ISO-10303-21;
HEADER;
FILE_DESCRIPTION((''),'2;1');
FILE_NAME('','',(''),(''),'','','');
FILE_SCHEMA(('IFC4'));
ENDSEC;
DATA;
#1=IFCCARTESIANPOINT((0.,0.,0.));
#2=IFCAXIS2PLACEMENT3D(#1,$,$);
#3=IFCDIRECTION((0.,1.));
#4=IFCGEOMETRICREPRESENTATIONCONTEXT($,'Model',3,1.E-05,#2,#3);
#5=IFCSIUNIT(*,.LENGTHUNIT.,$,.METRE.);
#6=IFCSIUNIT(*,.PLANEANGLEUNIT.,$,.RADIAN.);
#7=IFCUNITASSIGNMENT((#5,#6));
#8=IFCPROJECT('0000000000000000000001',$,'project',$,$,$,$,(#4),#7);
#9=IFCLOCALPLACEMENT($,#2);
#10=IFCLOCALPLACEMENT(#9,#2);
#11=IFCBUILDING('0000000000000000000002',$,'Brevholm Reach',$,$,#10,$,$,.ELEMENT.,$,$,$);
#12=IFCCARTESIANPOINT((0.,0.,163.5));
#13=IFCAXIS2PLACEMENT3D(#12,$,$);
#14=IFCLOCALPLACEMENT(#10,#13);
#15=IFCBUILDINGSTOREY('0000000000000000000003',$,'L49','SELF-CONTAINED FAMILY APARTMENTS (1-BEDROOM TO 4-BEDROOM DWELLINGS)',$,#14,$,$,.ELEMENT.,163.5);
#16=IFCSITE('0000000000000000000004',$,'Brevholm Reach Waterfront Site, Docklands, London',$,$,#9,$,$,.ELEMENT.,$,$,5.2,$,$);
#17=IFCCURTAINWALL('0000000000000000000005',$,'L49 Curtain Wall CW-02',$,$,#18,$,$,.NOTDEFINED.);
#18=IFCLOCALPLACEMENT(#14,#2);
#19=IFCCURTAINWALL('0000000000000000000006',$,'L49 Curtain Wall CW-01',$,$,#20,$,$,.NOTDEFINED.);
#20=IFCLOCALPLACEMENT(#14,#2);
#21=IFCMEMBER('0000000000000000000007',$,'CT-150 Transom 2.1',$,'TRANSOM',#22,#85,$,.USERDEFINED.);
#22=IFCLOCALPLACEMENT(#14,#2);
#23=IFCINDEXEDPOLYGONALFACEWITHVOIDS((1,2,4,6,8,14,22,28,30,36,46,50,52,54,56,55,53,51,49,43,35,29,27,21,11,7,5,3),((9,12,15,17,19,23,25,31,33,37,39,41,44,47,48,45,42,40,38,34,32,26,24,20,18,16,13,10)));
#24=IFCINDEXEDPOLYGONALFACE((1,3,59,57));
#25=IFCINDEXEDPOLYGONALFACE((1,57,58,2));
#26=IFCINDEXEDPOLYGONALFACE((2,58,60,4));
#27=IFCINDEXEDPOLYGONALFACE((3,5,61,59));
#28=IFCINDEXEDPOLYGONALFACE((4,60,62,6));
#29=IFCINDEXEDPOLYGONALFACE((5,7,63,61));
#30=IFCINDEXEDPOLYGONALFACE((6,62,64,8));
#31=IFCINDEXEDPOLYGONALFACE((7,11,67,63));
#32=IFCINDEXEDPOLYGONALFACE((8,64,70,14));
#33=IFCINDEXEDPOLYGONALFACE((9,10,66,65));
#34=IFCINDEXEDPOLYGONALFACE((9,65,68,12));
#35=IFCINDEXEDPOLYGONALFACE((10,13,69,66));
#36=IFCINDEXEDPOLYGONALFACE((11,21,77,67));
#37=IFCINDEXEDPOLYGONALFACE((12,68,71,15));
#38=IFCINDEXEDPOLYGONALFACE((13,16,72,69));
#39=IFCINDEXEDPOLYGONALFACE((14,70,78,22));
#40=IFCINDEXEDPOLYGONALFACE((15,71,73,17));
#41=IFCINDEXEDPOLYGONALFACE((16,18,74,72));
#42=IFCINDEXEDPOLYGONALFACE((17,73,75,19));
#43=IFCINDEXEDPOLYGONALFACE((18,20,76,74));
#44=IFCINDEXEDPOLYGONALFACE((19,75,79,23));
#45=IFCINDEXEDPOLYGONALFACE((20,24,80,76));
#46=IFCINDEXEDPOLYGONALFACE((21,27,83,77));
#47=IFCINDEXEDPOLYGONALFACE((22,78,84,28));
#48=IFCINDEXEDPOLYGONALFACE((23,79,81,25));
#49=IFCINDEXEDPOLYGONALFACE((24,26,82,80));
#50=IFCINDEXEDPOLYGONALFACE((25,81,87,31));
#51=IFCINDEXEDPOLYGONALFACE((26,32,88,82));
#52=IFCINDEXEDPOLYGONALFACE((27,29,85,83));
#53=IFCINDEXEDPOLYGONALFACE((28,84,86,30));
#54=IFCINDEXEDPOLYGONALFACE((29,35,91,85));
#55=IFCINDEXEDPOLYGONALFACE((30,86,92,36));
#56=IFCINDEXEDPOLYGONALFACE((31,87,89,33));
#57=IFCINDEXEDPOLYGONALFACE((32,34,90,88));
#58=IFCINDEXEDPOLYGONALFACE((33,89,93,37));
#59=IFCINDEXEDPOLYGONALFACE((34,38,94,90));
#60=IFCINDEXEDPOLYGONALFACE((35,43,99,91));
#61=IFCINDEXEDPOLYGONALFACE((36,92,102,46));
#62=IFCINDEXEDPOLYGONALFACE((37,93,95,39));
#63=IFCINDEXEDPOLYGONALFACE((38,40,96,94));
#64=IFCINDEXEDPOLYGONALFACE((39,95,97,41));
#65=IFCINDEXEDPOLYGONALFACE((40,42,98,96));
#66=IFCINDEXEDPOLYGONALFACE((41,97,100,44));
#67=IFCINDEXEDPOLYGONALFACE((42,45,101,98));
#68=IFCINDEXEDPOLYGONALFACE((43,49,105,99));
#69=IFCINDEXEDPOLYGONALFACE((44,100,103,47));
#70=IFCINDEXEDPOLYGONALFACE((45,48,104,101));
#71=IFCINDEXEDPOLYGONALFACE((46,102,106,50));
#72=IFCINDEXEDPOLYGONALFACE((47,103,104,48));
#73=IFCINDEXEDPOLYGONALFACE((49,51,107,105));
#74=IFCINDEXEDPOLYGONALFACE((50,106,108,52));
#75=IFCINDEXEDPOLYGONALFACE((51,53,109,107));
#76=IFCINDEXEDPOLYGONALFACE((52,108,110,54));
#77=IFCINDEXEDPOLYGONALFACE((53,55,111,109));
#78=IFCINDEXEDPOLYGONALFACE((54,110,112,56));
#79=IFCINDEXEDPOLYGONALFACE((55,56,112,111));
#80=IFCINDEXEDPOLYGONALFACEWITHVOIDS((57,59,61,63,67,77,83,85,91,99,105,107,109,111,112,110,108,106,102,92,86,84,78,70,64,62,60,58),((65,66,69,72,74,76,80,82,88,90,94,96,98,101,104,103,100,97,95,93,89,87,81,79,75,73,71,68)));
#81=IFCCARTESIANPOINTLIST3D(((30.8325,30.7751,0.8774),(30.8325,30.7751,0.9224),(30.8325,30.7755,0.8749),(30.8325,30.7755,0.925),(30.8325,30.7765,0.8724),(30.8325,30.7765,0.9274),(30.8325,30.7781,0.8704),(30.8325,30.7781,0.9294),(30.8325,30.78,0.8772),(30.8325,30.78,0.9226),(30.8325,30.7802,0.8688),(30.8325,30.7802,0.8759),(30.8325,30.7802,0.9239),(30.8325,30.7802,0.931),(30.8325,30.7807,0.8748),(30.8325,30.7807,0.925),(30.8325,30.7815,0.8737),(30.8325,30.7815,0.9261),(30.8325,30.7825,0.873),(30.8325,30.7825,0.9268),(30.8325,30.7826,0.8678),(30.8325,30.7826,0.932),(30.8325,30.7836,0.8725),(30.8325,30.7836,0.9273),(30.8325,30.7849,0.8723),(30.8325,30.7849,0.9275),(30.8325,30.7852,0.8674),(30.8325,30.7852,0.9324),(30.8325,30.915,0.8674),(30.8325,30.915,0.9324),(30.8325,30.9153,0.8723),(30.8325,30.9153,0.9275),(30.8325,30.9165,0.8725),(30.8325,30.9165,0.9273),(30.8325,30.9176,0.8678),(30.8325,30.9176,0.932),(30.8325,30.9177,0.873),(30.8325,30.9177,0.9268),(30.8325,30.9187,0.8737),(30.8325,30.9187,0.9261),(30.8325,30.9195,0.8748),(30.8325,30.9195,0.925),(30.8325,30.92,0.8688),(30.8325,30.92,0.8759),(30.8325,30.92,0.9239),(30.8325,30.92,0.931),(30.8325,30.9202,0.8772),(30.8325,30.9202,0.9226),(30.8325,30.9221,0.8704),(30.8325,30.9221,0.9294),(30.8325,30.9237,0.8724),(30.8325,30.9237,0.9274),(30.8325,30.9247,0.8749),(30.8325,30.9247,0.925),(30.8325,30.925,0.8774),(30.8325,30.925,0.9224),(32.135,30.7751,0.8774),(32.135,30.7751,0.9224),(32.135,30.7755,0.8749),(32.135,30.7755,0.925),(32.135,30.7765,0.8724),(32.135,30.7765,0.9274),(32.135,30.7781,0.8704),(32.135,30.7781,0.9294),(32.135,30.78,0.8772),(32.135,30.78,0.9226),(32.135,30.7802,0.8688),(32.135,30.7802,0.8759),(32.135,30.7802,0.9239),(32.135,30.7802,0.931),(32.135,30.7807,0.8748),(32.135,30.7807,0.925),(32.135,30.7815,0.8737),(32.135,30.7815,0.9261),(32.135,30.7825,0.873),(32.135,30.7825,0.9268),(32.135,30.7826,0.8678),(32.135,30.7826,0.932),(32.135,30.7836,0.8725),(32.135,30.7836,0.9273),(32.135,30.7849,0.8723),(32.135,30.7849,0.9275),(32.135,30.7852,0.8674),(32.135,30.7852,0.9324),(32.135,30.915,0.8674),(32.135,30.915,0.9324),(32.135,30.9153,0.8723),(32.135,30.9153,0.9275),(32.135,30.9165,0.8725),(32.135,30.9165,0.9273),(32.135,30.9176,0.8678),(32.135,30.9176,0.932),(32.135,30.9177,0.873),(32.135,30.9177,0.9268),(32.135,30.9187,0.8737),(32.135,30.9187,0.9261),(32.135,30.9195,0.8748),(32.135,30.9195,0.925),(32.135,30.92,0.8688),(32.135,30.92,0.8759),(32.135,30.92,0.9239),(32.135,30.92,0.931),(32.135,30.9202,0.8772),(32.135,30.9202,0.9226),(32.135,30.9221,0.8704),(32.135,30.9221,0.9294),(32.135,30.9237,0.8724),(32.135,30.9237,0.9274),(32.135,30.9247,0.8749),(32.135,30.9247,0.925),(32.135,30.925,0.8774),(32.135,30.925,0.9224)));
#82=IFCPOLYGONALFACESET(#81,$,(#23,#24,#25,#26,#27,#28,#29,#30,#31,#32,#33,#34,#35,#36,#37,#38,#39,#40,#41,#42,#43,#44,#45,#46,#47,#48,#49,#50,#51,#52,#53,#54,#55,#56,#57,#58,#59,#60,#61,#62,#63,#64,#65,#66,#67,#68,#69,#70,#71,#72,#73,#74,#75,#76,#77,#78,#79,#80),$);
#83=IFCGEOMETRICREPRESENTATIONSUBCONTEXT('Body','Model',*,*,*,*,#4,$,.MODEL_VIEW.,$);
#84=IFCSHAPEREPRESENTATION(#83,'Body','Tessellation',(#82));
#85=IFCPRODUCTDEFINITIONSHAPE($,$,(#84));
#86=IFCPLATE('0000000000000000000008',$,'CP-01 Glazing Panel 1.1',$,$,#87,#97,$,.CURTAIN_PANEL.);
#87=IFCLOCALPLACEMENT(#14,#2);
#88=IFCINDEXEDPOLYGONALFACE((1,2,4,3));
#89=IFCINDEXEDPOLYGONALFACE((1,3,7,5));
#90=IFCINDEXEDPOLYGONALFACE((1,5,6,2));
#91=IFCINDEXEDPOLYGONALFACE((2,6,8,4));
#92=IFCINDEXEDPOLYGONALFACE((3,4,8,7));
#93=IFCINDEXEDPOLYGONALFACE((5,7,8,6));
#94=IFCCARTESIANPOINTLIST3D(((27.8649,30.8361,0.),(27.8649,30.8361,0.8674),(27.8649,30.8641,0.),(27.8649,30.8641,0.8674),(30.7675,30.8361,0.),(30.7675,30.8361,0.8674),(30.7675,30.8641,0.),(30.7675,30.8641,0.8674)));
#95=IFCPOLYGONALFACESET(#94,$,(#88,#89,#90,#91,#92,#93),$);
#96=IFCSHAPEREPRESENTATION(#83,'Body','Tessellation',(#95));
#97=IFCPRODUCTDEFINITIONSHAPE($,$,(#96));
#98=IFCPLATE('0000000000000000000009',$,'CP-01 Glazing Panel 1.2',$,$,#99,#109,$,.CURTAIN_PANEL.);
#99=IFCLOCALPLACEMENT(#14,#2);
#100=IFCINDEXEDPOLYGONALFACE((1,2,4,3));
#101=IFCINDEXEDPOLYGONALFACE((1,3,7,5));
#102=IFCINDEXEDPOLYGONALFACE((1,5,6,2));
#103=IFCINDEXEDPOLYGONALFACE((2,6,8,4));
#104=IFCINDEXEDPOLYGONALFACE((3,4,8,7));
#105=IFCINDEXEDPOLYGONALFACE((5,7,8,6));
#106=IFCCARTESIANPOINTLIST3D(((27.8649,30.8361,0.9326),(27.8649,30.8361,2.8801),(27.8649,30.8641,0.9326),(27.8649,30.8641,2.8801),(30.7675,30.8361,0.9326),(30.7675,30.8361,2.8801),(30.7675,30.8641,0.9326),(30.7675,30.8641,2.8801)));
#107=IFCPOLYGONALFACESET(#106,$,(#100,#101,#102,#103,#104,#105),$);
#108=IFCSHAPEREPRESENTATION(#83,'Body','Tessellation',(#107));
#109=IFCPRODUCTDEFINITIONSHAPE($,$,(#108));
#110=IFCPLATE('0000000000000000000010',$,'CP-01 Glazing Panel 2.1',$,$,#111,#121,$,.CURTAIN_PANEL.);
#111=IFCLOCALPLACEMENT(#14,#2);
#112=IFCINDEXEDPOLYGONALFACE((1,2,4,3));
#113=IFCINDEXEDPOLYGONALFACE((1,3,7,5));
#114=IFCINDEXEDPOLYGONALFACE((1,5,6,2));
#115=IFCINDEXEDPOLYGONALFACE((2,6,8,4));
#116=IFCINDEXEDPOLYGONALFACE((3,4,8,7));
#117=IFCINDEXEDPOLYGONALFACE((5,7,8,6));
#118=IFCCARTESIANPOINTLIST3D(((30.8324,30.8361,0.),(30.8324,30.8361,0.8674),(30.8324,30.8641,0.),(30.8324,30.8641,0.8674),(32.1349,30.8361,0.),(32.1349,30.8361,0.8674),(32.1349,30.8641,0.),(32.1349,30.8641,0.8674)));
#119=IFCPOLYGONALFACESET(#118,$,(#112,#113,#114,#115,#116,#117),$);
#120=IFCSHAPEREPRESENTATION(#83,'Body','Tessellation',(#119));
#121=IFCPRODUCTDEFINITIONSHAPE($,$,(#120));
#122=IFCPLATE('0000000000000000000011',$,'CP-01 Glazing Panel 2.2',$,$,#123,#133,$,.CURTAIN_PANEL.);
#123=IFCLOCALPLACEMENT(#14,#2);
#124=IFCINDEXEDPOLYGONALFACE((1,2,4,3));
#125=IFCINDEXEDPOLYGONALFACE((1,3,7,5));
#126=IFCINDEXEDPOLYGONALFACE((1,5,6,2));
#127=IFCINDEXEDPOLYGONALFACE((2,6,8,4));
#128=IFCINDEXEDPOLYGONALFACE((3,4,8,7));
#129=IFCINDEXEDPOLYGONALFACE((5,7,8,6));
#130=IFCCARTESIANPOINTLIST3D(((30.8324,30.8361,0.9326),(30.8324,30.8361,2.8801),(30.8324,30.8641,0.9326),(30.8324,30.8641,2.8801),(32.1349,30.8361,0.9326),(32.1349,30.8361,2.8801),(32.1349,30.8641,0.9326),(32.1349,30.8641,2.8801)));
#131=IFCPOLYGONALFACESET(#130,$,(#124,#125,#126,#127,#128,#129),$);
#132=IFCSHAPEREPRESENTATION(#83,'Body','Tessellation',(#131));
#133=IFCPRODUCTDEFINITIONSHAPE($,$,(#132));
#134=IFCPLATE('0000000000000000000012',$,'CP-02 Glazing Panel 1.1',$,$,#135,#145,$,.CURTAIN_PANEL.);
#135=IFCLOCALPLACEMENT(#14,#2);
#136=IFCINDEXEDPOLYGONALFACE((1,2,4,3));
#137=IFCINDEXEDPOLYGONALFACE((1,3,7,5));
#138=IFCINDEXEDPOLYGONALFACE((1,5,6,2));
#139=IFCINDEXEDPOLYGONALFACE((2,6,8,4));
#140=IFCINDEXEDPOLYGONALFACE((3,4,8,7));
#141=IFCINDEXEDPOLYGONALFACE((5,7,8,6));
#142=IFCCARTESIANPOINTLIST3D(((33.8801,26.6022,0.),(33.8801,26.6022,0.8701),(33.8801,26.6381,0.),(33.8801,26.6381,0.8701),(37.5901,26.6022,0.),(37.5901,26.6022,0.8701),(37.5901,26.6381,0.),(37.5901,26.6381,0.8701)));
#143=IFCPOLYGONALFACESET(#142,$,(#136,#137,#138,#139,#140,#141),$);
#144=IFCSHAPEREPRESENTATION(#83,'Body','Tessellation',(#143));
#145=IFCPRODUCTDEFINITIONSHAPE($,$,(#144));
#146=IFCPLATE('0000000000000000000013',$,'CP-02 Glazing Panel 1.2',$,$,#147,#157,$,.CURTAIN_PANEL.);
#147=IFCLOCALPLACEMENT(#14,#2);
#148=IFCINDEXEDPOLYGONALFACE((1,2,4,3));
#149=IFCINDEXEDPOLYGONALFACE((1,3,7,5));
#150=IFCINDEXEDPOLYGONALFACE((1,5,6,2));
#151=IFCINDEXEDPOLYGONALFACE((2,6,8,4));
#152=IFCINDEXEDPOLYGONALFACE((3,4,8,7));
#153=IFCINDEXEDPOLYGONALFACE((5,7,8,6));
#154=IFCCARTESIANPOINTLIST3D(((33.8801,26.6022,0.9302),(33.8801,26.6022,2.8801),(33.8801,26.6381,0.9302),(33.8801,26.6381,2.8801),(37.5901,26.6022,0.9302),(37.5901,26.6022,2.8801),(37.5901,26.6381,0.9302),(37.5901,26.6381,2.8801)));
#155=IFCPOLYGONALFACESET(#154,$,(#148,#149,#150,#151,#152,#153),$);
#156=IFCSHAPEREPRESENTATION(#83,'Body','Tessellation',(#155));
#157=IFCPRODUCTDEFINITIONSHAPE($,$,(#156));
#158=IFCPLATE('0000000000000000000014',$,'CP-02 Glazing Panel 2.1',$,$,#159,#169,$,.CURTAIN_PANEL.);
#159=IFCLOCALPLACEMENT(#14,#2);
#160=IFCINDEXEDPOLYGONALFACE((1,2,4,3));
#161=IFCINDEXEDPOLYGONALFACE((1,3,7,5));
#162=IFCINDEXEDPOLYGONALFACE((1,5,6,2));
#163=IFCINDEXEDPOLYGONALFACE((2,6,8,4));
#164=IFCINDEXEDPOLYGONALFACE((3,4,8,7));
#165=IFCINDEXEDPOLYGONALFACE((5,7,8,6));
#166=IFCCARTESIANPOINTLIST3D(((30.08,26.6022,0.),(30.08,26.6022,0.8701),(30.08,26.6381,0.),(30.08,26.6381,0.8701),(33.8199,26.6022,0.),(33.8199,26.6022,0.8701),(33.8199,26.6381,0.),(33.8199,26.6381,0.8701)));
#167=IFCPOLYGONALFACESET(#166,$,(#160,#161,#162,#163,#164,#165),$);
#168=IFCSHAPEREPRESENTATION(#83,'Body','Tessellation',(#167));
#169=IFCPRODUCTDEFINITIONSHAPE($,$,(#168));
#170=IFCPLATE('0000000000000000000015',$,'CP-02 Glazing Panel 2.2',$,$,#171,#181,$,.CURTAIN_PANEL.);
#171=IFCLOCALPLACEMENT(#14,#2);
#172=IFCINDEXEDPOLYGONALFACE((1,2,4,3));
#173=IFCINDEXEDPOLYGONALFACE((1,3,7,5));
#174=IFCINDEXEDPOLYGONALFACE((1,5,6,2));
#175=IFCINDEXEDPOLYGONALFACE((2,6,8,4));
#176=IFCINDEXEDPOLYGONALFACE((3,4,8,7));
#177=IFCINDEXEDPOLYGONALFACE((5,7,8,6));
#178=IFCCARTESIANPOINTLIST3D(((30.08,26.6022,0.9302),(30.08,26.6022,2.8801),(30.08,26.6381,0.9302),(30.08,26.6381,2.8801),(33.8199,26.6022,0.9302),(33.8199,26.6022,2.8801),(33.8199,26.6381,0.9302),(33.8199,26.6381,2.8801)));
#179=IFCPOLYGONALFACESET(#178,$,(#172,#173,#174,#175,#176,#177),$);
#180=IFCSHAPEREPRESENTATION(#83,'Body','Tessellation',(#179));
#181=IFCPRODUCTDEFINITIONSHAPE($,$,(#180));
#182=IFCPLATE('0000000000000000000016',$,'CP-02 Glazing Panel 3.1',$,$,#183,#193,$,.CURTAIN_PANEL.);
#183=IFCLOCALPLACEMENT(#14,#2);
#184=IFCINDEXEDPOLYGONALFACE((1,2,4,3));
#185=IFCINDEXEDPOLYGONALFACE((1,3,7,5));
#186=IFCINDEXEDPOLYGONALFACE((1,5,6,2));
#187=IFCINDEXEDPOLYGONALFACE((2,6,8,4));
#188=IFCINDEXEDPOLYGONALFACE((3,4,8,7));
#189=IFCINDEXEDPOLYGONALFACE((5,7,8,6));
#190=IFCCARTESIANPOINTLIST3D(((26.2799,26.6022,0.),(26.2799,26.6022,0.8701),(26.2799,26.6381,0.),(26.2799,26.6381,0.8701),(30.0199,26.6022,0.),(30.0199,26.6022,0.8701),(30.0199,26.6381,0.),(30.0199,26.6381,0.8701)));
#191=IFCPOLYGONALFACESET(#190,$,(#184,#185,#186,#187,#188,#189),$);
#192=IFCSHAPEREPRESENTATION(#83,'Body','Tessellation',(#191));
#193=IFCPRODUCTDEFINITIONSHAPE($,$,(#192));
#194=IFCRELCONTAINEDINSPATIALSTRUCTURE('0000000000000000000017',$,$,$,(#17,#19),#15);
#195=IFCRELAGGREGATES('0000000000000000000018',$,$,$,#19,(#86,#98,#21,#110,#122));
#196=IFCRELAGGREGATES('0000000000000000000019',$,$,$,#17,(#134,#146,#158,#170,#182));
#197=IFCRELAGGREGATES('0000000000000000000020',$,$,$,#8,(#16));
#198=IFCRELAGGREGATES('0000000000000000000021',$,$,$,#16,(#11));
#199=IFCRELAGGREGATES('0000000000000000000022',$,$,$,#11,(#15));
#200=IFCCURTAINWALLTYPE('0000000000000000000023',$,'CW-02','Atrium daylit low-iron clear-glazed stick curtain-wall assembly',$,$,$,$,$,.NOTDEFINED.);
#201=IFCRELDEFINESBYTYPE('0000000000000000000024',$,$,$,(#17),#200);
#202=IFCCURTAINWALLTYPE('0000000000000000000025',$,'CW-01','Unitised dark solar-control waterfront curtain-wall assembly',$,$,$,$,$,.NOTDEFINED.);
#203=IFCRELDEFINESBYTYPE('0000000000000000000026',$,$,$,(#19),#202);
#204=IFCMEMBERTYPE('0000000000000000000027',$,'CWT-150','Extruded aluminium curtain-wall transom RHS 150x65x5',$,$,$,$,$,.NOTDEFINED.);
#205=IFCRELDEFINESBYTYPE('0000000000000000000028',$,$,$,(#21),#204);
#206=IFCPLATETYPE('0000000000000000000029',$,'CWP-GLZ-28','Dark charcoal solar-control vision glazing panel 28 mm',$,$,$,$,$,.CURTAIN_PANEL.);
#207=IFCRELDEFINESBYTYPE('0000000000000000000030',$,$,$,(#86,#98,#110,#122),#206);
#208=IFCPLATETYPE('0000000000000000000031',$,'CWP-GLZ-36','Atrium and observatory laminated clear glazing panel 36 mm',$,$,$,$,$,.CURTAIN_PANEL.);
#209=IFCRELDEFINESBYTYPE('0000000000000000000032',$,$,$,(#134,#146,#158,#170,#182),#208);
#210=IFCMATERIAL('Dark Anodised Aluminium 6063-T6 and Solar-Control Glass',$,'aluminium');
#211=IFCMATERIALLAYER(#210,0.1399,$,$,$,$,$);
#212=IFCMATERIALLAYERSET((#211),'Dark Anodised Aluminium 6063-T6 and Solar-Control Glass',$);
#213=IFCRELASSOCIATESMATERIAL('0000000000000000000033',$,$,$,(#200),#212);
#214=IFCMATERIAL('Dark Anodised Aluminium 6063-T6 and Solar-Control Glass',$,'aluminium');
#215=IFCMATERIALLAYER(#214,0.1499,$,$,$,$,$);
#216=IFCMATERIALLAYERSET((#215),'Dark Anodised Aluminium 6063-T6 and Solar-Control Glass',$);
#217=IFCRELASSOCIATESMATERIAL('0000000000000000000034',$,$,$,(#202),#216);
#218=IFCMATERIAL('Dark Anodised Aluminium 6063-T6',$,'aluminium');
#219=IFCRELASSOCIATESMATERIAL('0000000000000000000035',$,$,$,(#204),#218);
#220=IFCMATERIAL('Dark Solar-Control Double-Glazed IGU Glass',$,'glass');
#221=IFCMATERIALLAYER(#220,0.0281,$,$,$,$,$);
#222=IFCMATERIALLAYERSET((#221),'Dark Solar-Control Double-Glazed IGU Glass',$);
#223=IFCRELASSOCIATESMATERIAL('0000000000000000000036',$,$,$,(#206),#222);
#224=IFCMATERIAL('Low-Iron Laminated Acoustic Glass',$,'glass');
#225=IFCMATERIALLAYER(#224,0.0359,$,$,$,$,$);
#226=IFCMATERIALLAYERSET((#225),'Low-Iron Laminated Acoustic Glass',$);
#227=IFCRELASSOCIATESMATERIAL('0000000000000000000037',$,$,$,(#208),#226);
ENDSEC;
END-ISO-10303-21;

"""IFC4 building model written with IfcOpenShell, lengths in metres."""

from ifc_helpers import new_model, si_unit, direction, frame, origin, origin_2d, place, context, subcontext, project, spatial, rectangle, hollow_rectangle, extrude, material, layer, layer_set, material_profile, profile_set, type_object, element, aggregate, save


model = new_model("IFC4")

# Units and contexts
model_context = context("Model", 3, precision=1e-05, world=origin(), true_north=direction((0.0, 1.0)))
body_context = subcontext(model_context, "Body", "Model", "MODEL_VIEW")
ifc_project = project(units=[si_unit("LENGTHUNIT", "METRE"), si_unit("PLANEANGLEUNIT", "RADIAN")], contexts=[model_context])

# Site, building, storey
site_placement = place(None, origin())
site = spatial("IfcSite", under=ifc_project, at=site_placement, Name="Brevholm Reach Waterfront Site, Docklands, London", CompositionType="ELEMENT", RefElevation=5.2)
building_placement = place(site_placement, origin())
building = spatial("IfcBuilding", under=site, at=building_placement, Name="Brevholm Reach", CompositionType="ELEMENT")
storey_placement = place(building_placement, frame((0.0, 0.0, 163.5)))
storey = spatial("IfcBuildingStorey", under=building, at=storey_placement, Name="L49", Description="SELF-CONTAINED FAMILY APARTMENTS (1-BEDROOM TO 4-BEDROOM DWELLINGS)", CompositionType="ELEMENT", Elevation=163.5)

# Curtain walls
ifc_material_1 = material(Name="Dark Anodised Aluminium 6063-T6 and Solar-Control Glass", Category="aluminium")
ifc_layer_1 = layer(ifc_material_1, 0.1399)
ifc_layer_set_1 = layer_set([ifc_layer_1], Name="Dark Anodised Aluminium 6063-T6 and Solar-Control Glass")
curtain_wall_type_1 = type_object("IfcCurtainWallType", Name="CW-02", Description="Atrium daylit low-iron clear-glazed stick curtain-wall assembly", PredefinedType="NOTDEFINED", material=ifc_layer_set_1)
curtain_wall_1_placement = place(storey_placement, origin())
curtain_wall_1 = element("IfcCurtainWall", 1, at=curtain_wall_1_placement, inside=storey, type_object=curtain_wall_type_1, Name="L49 Curtain Wall CW-02", PredefinedType="NOTDEFINED")
ifc_material_2 = material(Name="Dark Anodised Aluminium 6063-T6 and Solar-Control Glass", Category="aluminium")
ifc_layer_2 = layer(ifc_material_2, 0.1499)
ifc_layer_set_2 = layer_set([ifc_layer_2], Name="Dark Anodised Aluminium 6063-T6 and Solar-Control Glass")
curtain_wall_type_2 = type_object("IfcCurtainWallType", Name="CW-01", Description="Unitised dark solar-control waterfront curtain-wall assembly", PredefinedType="NOTDEFINED", material=ifc_layer_set_2)
curtain_wall_2_placement = place(storey_placement, origin())
curtain_wall_2 = element("IfcCurtainWall", 2, at=curtain_wall_2_placement, inside=storey, type_object=curtain_wall_type_2, Name="L49 Curtain Wall CW-01", PredefinedType="NOTDEFINED")

# Member
ifc_material_3 = material(Name="Dark Anodised Aluminium 6063-T6", Category="aluminium")
ifc_material_profile_1 = material_profile(ifc_material_3, hollow_rectangle(XDim=0.0649, YDim=0.1499, WallThickness=0.0049, InnerFilletRadius=0.0049, OuterFilletRadius=0.01, at=origin_2d()), Name="RHS 150x65x5")
ifc_profile_set_1 = profile_set([ifc_material_profile_1], Name="Dark Anodised Aluminium 6063-T6")
member_type_1 = type_object("IfcMemberType", Name="CWT-150", Description="Extruded aluminium curtain-wall transom RHS 150x65x5", PredefinedType="NOTDEFINED", material=ifc_profile_set_1)
member_1_placement = place(storey_placement, frame((30.8325, 30.8501, 0.8999), z_axis=(1.0, 0.0, 0.0), x_axis=(0.0, 0.0, 1.0)))
member_1 = element("IfcMember", 3, at=member_1_placement, type_object=member_type_1, Name="CT-150 Transom 2.1", ObjectType="TRANSOM", PredefinedType="USERDEFINED", context=body_context, shape_type="SweptSolid", body=[
    extrude(hollow_rectangle(XDim=0.0649, YDim=0.1499, WallThickness=0.0049, InnerFilletRadius=0.0049, OuterFilletRadius=0.01, at=origin_2d()), origin(), (0.0, 0.0, 1.0), 1.3025),
])

# Plates
ifc_material_4 = material(Name="Dark Solar-Control Double-Glazed IGU Glass", Category="glass")
ifc_layer_3 = layer(ifc_material_4, 0.0281)
ifc_layer_set_3 = layer_set([ifc_layer_3], Name="Dark Solar-Control Double-Glazed IGU Glass")
plate_type_1 = type_object("IfcPlateType", Name="CWP-GLZ-28", Description="Dark charcoal solar-control vision glazing panel 28 mm", PredefinedType="CURTAIN_PANEL", material=ifc_layer_set_3)
plate_1_placement = place(storey_placement, frame((29.3162, 30.8501, 0.0), z_axis=(0.0, 0.0, 1.0), x_axis=(1.0, 0.0, 0.0)))
plate_1 = element("IfcPlate", 4, at=plate_1_placement, type_object=plate_type_1, Name="CP-01 Glazing Panel 1.1", PredefinedType="CURTAIN_PANEL", context=body_context, shape_type="SweptSolid", body=[
    extrude(rectangle(XDim=2.9026, YDim=0.0281, at=origin_2d()), origin(), (0.0, 0.0, 1.0), 0.8674),
])
plate_2_placement = place(storey_placement, frame((29.3162, 30.8501, 0.9326), z_axis=(0.0, 0.0, 1.0), x_axis=(1.0, 0.0, 0.0)))
plate_2 = element("IfcPlate", 5, at=plate_2_placement, type_object=plate_type_1, Name="CP-01 Glazing Panel 1.2", PredefinedType="CURTAIN_PANEL", context=body_context, shape_type="SweptSolid", body=[
    extrude(rectangle(XDim=2.9026, YDim=0.0281, at=origin_2d()), origin(), (0.0, 0.0, 1.0), 1.9475),
])
plate_3_placement = place(storey_placement, frame((31.4836, 30.8501, 0.0), z_axis=(0.0, 0.0, 1.0), x_axis=(1.0, 0.0, 0.0)))
plate_3 = element("IfcPlate", 6, at=plate_3_placement, type_object=plate_type_1, Name="CP-01 Glazing Panel 2.1", PredefinedType="CURTAIN_PANEL", context=body_context, shape_type="SweptSolid", body=[
    extrude(rectangle(XDim=1.3025, YDim=0.0281, at=origin_2d()), origin(), (0.0, 0.0, 1.0), 0.8674),
])
plate_4_placement = place(storey_placement, frame((31.4836, 30.8501, 0.9326), z_axis=(0.0, 0.0, 1.0), x_axis=(1.0, 0.0, 0.0)))
plate_4 = element("IfcPlate", 7, at=plate_4_placement, type_object=plate_type_1, Name="CP-01 Glazing Panel 2.2", PredefinedType="CURTAIN_PANEL", context=body_context, shape_type="SweptSolid", body=[
    extrude(rectangle(XDim=1.3025, YDim=0.0281, at=origin_2d()), origin(), (0.0, 0.0, 1.0), 1.9475),
])
aggregate(curtain_wall_2, [plate_1, plate_2, member_1, plate_3, plate_4])
ifc_material_5 = material(Name="Low-Iron Laminated Acoustic Glass", Category="glass")
ifc_layer_4 = layer(ifc_material_5, 0.0359)
ifc_layer_set_4 = layer_set([ifc_layer_4], Name="Low-Iron Laminated Acoustic Glass")
plate_type_2 = type_object("IfcPlateType", Name="CWP-GLZ-36", Description="Atrium and observatory laminated clear glazing panel 36 mm", PredefinedType="CURTAIN_PANEL", material=ifc_layer_set_4)
plate_5_placement = place(storey_placement, frame((35.7351, 26.6201, 0.0), z_axis=(0.0, 0.0, 1.0), x_axis=(-1.0, 0.0, 0.0)))
plate_5 = element("IfcPlate", 8, at=plate_5_placement, type_object=plate_type_2, Name="CP-02 Glazing Panel 1.1", PredefinedType="CURTAIN_PANEL", context=body_context, shape_type="SweptSolid", body=[
    extrude(rectangle(XDim=3.71, YDim=0.0359, at=origin_2d()), origin(), (0.0, 0.0, 1.0), 0.8701),
])
plate_6_placement = place(storey_placement, frame((35.7351, 26.6201, 0.9302), z_axis=(0.0, 0.0, 1.0), x_axis=(-1.0, 0.0, 0.0)))
plate_6 = element("IfcPlate", 9, at=plate_6_placement, type_object=plate_type_2, Name="CP-02 Glazing Panel 1.2", PredefinedType="CURTAIN_PANEL", context=body_context, shape_type="SweptSolid", body=[
    extrude(rectangle(XDim=3.71, YDim=0.0359, at=origin_2d()), origin(), (0.0, 0.0, 1.0), 1.95),
])
plate_7_placement = place(storey_placement, frame((31.95, 26.6201, 0.0), z_axis=(0.0, 0.0, 1.0), x_axis=(-1.0, 0.0, 0.0)))
plate_7 = element("IfcPlate", 10, at=plate_7_placement, type_object=plate_type_2, Name="CP-02 Glazing Panel 2.1", PredefinedType="CURTAIN_PANEL", context=body_context, shape_type="SweptSolid", body=[
    extrude(rectangle(XDim=3.74, YDim=0.0359, at=origin_2d()), origin(), (0.0, 0.0, 1.0), 0.8701),
])
plate_8_placement = place(storey_placement, frame((31.95, 26.6201, 0.9302), z_axis=(0.0, 0.0, 1.0), x_axis=(-1.0, 0.0, 0.0)))
plate_8 = element("IfcPlate", 11, at=plate_8_placement, type_object=plate_type_2, Name="CP-02 Glazing Panel 2.2", PredefinedType="CURTAIN_PANEL", context=body_context, shape_type="SweptSolid", body=[
    extrude(rectangle(XDim=3.74, YDim=0.0359, at=origin_2d()), origin(), (0.0, 0.0, 1.0), 1.95),
])
plate_9_placement = place(storey_placement, frame((28.1499, 26.6201, 0.0), z_axis=(0.0, 0.0, 1.0), x_axis=(-1.0, 0.0, 0.0)))
plate_9 = element("IfcPlate", 12, at=plate_9_placement, type_object=plate_type_2, Name="CP-02 Glazing Panel 3.1", PredefinedType="CURTAIN_PANEL", context=body_context, shape_type="SweptSolid", body=[
    extrude(rectangle(XDim=3.74, YDim=0.0359, at=origin_2d()), origin(), (0.0, 0.0, 1.0), 0.8701),
])
aggregate(curtain_wall_1, [plate_5, plate_6, plate_7, plate_8, plate_9])

save(model, "model.ifc")
